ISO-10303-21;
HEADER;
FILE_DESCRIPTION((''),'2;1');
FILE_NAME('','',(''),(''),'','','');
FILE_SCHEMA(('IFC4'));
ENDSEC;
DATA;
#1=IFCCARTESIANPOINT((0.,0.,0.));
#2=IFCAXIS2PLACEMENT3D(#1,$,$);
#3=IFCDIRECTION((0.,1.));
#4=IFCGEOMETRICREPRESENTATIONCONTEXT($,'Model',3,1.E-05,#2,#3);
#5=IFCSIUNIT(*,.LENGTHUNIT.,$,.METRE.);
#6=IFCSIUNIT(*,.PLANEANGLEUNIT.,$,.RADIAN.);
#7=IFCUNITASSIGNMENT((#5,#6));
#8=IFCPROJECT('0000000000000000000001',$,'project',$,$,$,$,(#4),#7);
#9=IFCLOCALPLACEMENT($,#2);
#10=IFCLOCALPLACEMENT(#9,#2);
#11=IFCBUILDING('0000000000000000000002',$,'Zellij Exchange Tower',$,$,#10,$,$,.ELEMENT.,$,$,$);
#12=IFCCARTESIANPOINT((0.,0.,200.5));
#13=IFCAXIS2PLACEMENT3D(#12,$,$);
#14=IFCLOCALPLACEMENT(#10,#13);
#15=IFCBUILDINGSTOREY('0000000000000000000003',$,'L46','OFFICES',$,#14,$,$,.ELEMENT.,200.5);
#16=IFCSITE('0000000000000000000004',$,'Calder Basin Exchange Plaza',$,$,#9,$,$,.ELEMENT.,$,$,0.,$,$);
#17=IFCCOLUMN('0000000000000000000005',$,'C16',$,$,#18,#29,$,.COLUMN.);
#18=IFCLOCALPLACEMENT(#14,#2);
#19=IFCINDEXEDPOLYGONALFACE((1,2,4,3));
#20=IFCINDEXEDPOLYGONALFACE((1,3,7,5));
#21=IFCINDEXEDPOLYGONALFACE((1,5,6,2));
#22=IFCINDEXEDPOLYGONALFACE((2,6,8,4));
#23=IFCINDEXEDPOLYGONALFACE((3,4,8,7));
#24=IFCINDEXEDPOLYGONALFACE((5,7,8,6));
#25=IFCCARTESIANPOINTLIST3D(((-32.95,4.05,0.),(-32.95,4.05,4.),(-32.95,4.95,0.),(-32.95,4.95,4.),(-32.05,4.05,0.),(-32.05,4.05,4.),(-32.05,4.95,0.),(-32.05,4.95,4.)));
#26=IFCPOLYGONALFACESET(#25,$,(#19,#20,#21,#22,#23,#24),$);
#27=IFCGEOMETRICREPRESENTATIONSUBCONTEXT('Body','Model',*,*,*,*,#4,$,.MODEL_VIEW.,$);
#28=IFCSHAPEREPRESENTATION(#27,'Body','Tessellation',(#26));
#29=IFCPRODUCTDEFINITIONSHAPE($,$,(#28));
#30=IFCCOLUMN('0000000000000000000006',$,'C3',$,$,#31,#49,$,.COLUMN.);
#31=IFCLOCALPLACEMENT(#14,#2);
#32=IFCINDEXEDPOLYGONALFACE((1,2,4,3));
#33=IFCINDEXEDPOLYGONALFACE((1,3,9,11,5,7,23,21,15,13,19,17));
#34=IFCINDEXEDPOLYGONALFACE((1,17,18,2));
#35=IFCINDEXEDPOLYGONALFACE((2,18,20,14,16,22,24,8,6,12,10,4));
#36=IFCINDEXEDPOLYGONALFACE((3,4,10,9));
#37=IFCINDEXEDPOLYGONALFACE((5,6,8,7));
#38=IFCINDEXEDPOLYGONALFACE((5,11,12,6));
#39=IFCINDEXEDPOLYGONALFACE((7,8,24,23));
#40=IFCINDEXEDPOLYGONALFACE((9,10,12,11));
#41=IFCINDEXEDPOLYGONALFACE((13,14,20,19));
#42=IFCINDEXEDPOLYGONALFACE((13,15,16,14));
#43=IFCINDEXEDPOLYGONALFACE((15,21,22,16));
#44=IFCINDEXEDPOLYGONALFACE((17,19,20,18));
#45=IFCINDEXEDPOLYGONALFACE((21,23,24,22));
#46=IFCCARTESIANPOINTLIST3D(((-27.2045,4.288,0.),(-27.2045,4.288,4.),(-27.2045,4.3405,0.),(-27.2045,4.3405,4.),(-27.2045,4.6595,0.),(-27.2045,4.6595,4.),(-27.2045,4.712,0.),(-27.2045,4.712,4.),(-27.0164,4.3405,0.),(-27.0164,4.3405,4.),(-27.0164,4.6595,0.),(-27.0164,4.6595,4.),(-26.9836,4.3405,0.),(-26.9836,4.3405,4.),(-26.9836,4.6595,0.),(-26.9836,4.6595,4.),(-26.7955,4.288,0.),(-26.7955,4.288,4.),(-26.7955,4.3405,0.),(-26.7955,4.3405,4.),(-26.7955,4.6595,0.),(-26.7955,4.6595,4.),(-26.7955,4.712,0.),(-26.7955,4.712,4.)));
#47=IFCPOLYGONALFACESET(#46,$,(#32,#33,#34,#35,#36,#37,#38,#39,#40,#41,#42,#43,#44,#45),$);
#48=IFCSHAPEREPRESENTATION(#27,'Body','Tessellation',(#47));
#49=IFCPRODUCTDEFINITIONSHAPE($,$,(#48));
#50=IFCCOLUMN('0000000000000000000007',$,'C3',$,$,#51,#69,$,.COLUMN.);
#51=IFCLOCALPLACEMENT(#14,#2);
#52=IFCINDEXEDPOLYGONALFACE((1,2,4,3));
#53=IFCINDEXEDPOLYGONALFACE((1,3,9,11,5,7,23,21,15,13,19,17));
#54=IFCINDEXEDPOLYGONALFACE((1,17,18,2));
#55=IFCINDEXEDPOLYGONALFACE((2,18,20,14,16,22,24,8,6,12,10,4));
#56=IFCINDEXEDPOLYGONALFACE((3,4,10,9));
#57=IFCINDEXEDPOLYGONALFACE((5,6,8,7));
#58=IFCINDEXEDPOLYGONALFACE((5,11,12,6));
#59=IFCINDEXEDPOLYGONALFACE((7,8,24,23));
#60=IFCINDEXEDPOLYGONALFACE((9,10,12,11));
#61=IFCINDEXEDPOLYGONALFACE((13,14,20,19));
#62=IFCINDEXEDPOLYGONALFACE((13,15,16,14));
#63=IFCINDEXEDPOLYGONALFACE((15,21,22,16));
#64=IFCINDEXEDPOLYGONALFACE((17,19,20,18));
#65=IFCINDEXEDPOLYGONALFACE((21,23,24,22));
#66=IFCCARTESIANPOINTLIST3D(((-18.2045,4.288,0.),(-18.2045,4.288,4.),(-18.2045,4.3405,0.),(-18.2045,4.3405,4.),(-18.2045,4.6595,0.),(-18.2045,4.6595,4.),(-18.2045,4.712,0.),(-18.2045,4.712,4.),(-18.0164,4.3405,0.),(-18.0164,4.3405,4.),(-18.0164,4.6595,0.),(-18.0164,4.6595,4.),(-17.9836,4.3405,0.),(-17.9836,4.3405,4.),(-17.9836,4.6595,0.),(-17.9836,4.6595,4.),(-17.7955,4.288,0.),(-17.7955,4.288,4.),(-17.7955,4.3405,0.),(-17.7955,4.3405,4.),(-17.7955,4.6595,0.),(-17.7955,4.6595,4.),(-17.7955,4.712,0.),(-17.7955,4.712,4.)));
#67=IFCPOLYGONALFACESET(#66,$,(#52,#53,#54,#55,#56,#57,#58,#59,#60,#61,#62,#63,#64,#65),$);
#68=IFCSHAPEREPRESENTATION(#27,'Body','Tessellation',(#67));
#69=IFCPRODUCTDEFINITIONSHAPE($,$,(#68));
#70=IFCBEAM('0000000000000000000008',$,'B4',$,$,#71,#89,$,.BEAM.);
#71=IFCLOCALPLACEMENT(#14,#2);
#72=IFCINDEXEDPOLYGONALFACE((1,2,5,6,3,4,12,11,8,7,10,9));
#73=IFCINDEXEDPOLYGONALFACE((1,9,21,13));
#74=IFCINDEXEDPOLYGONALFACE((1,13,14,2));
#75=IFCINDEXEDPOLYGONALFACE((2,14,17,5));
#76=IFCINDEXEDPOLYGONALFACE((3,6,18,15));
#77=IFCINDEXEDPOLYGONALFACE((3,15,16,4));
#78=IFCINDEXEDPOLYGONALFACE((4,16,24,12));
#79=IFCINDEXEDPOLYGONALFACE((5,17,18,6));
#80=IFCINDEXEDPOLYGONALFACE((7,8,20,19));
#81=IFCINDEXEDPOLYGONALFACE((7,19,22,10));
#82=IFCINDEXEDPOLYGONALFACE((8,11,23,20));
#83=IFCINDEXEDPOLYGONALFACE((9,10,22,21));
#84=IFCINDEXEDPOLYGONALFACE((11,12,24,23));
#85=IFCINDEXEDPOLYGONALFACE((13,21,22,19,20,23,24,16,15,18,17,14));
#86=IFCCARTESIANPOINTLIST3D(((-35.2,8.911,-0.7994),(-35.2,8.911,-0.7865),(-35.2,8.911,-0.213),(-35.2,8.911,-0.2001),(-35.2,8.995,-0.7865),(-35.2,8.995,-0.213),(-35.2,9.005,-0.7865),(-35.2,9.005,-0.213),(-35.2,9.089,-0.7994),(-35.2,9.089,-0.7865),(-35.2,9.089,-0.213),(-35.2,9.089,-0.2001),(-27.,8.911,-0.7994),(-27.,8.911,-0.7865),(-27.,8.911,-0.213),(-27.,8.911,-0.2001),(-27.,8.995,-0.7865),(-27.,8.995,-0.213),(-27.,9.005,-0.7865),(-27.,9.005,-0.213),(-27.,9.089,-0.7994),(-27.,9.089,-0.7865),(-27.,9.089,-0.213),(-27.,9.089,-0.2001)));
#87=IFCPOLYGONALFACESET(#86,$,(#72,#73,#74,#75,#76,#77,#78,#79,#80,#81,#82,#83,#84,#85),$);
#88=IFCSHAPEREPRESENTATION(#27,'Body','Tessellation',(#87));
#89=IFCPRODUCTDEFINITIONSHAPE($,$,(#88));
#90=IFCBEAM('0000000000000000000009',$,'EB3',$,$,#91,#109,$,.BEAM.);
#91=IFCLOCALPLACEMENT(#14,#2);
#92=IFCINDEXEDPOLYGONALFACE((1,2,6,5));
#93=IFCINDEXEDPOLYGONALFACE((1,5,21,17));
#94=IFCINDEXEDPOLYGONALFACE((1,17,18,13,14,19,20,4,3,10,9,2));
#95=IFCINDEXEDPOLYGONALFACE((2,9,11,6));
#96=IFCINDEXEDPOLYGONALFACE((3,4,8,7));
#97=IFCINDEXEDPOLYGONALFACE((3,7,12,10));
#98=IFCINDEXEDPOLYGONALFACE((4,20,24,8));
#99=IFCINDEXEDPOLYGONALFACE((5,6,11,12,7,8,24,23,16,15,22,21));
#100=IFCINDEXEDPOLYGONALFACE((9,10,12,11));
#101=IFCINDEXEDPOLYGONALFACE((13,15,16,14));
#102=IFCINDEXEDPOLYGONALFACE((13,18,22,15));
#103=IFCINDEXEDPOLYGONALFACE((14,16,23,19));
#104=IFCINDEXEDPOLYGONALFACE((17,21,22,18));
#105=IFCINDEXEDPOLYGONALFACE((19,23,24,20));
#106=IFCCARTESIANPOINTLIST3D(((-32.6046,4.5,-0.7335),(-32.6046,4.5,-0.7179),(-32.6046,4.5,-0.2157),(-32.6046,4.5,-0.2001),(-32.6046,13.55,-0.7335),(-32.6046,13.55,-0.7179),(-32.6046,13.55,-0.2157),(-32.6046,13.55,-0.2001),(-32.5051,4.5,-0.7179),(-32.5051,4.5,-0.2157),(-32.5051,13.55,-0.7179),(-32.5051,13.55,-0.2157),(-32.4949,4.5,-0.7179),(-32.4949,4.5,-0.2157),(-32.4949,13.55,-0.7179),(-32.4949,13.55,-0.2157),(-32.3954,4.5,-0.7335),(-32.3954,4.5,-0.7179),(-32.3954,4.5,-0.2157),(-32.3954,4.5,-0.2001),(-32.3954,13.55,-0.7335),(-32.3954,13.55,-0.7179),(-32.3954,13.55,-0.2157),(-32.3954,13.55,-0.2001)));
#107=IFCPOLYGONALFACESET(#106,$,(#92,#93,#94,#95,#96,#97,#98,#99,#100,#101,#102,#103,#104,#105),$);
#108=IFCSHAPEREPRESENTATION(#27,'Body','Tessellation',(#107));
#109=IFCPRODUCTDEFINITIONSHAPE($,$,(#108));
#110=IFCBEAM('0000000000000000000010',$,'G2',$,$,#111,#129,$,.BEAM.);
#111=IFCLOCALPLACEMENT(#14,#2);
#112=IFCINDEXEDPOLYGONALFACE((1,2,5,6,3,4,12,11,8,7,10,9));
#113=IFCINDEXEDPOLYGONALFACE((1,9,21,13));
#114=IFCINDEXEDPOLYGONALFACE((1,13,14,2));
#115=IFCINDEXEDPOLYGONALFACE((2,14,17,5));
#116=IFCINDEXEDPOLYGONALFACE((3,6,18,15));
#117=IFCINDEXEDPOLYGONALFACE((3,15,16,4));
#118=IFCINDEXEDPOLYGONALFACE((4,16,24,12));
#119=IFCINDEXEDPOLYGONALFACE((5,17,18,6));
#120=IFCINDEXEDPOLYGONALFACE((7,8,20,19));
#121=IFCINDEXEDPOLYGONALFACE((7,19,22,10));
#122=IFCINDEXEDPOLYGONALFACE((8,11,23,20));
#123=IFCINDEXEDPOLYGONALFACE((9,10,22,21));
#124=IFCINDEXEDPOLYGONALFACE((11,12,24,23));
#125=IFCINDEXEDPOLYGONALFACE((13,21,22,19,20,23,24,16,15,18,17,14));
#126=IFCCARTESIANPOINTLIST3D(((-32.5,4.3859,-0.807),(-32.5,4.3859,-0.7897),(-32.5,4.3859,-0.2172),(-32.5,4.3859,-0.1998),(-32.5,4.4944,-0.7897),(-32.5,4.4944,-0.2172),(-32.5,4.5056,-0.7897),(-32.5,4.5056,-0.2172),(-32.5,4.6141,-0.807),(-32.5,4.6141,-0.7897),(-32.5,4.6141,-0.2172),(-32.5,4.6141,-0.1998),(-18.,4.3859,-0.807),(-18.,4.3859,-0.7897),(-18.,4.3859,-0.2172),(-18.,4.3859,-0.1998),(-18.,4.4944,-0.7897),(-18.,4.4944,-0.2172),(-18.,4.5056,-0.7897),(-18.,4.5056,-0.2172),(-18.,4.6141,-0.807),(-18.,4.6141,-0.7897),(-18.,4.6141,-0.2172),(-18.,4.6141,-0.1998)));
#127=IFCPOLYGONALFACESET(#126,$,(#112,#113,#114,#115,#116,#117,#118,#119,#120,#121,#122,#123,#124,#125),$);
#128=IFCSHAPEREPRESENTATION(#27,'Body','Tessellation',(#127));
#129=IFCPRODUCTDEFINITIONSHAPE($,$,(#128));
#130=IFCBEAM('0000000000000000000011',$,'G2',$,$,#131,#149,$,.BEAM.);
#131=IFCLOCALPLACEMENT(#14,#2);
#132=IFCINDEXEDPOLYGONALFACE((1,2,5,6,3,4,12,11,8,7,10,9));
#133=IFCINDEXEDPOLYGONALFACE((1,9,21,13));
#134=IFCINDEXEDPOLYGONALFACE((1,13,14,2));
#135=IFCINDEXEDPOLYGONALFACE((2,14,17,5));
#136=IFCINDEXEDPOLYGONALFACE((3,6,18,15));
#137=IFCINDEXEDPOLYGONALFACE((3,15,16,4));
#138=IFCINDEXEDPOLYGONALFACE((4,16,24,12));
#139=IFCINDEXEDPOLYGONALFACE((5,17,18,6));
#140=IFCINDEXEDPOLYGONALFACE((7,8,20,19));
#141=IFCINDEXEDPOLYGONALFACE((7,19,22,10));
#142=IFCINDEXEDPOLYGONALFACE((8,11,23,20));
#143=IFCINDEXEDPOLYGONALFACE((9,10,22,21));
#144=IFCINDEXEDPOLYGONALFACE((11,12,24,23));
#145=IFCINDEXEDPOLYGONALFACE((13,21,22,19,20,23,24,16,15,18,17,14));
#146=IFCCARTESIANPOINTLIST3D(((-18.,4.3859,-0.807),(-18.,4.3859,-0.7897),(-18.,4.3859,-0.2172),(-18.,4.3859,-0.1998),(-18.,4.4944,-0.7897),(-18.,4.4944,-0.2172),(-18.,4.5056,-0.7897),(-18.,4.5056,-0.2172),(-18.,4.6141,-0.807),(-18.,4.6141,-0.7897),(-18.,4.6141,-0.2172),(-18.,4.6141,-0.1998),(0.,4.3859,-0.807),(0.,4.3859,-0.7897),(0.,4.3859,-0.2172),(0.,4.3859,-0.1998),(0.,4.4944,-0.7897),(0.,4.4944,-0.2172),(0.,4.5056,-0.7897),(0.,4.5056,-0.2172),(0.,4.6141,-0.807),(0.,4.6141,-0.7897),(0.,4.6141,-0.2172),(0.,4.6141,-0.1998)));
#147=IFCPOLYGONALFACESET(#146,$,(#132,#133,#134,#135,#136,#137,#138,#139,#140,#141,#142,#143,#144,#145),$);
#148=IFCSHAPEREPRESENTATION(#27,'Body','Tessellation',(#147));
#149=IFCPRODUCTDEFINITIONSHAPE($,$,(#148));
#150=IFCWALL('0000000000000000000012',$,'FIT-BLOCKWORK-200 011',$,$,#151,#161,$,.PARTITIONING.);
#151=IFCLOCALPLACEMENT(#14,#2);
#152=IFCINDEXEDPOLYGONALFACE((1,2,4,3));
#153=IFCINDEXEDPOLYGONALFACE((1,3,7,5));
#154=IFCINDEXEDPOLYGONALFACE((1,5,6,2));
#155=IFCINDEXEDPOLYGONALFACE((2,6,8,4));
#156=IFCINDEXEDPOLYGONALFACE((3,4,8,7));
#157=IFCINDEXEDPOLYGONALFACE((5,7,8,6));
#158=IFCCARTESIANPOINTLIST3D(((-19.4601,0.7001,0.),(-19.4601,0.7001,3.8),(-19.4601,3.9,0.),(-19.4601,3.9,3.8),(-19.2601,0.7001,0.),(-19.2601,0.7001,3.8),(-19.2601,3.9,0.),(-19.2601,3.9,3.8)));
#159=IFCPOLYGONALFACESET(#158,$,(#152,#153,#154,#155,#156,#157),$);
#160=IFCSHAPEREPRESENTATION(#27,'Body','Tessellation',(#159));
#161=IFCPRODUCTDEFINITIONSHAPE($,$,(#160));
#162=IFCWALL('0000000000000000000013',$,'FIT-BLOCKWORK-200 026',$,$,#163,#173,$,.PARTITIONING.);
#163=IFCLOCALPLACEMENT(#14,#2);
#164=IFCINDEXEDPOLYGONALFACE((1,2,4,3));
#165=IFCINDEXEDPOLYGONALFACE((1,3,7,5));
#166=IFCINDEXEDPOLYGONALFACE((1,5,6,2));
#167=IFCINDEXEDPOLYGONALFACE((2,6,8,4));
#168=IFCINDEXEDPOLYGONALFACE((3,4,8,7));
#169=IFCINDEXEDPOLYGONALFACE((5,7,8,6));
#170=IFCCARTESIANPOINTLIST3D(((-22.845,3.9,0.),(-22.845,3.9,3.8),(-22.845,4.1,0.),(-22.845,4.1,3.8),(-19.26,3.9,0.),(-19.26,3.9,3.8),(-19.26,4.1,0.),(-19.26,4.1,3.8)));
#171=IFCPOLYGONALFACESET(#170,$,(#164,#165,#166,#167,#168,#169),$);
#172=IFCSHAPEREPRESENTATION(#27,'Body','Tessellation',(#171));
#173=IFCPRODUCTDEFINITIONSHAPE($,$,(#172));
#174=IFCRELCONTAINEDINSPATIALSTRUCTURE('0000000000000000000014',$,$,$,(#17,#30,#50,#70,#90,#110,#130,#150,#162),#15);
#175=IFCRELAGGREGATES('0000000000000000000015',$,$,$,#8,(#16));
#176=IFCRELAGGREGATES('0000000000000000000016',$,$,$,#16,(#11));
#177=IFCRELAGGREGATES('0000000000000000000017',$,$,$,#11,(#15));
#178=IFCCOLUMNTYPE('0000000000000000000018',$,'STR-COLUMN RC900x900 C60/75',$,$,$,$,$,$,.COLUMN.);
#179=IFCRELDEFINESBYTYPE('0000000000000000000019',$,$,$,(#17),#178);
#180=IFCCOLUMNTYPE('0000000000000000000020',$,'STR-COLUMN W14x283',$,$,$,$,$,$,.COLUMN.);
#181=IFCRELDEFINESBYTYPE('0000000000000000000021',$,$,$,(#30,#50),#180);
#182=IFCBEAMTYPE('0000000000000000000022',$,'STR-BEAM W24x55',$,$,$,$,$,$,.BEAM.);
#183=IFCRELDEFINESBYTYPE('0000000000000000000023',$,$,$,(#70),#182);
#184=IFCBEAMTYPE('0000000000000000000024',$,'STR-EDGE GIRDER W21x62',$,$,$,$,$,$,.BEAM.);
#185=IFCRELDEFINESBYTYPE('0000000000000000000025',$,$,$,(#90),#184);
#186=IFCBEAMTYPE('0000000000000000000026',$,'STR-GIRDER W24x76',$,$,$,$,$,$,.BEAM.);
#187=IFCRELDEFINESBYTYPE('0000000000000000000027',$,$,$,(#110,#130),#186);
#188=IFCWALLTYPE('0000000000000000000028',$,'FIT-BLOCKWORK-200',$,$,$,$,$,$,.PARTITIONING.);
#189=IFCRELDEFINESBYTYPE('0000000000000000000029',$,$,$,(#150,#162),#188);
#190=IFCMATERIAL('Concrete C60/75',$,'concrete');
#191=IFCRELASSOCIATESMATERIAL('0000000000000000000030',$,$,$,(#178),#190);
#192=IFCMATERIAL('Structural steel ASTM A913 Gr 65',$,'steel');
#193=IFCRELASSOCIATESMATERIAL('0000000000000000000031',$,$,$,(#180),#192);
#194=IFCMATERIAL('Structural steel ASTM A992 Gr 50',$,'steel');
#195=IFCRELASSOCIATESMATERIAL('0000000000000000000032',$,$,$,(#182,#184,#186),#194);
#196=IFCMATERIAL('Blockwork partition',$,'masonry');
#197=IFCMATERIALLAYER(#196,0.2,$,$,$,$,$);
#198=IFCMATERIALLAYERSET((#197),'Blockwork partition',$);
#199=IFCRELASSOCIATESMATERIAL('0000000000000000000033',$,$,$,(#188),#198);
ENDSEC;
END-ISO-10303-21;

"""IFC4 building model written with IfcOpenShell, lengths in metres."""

from ifc_helpers import new_model, si_unit, direction, frame, frame_2d, origin, origin_2d, place, context, subcontext, project, spatial, rectangle, i_section, extrude, material, layer, layer_set, material_profile, profile_set, type_object, element, save


model = new_model("IFC4")

# Units and contexts
model_context = context("Model", 3, precision=1e-05, world=origin(), true_north=direction((0.0, 1.0)))
body_context = subcontext(model_context, "Body", "Model", "MODEL_VIEW")
ifc_project = project(units=[si_unit("LENGTHUNIT", "METRE"), si_unit("PLANEANGLEUNIT", "RADIAN")], contexts=[model_context])

# Site, building, storey
site_placement = place(None, origin())
site = spatial("IfcSite", under=ifc_project, at=site_placement, Name="Calder Basin Exchange Plaza", CompositionType="ELEMENT", RefElevation=0.0)
building_placement = place(site_placement, origin())
building = spatial("IfcBuilding", under=site, at=building_placement, Name="Zellij Exchange Tower", CompositionType="ELEMENT")
storey_placement = place(building_placement, frame((0.0, 0.0, 200.5)))
storey = spatial("IfcBuildingStorey", under=building, at=storey_placement, Name="L46", Description="OFFICES", CompositionType="ELEMENT", Elevation=200.5)

# Columns
ifc_material_1 = material(Name="Concrete C60/75", Category="concrete")
ifc_material_profile_1 = material_profile(ifc_material_1, rectangle(XDim=0.8999, YDim=0.8999, at=origin_2d()), Name="STR-COLUMN RC900x900 C60/75")
ifc_profile_set_1 = profile_set([ifc_material_profile_1], Name="Concrete C60/75")
column_type_1 = type_object("IfcColumnType", Name="STR-COLUMN RC900x900 C60/75", PredefinedType="COLUMN", material=ifc_profile_set_1)
column_placement = place(storey_placement, frame((-32.5, 4.5, 0.0), z_axis=(0.0, 0.0, 1.0), x_axis=(1.0, 0.0, 0.0)))
element("IfcColumn", 1, at=column_placement, inside=storey, type_object=column_type_1, Name="C16", PredefinedType="COLUMN", context=body_context, shape_type="SweptSolid", body=[
    extrude(rectangle(XDim=0.8999, YDim=0.8999, at=origin_2d()), origin(), (0.0, 0.0, 1.0), 4.0),
])
ifc_material_2 = material(Name="Structural steel ASTM A913 Gr 65", Category="steel")
ifc_material_profile_2 = material_profile(ifc_material_2, i_section(OverallWidth=0.4089, OverallDepth=0.4241, WebThickness=0.0327, FlangeThickness=0.0525, at=origin_2d()), Name="W14x283")
ifc_profile_set_2 = profile_set([ifc_material_profile_2], Name="Structural steel ASTM A913 Gr 65")
column_type_2 = type_object("IfcColumnType", Name="STR-COLUMN W14x283", PredefinedType="COLUMN", material=ifc_profile_set_2)
for number, where, z_axis, x_axis, name in (
    (2, (-27.0, 4.5, 0.0), (0.0, 0.0, 1.0), (1.0, 0.0, 0.0), "C3"),
    (3, (-18.0, 4.5, 0.0), (0.0, 0.0, 1.0), (1.0, 0.0, 0.0), "C3"),
):
    element("IfcColumn", number, at=place(storey_placement, frame(where, z_axis=z_axis, x_axis=x_axis)), inside=storey, type_object=column_type_2, Name=name, PredefinedType="COLUMN", context=body_context, shape_type="SweptSolid", body=[
        extrude(i_section(OverallWidth=0.4089, OverallDepth=0.4241, WebThickness=0.0327, FlangeThickness=0.0525, at=origin_2d()), origin(), (0.0, 0.0, 1.0), 4.0),
    ])

# Beams
ifc_material_3 = material(Name="Structural steel ASTM A992 Gr 50", Category="steel")
ifc_material_profile_3 = material_profile(ifc_material_3, i_section(OverallWidth=0.178, OverallDepth=0.5994, WebThickness=0.01, FlangeThickness=0.0129, at=origin_2d()), Name="W24x55")
ifc_profile_set_3 = profile_set([ifc_material_profile_3], Name="Structural steel ASTM A992 Gr 50")
beam_type_1 = type_object("IfcBeamType", Name="STR-BEAM W24x55", PredefinedType="BEAM", material=ifc_profile_set_3)
beam_1_placement = place(storey_placement, frame((-35.2, 9.0, -0.4998), z_axis=(1.0, 0.0, 0.0), x_axis=(0.0, 1.0, 0.0)))
element("IfcBeam", 4, at=beam_1_placement, inside=storey, type_object=beam_type_1, Name="B4", PredefinedType="BEAM", context=body_context, shape_type="SweptSolid", body=[
    extrude(i_section(OverallWidth=0.178, OverallDepth=0.5994, WebThickness=0.01, FlangeThickness=0.0129, at=origin_2d()), origin(), (0.0, 0.0, 1.0), 8.2),
])
ifc_material_profile_4 = material_profile(ifc_material_3, i_section(OverallWidth=0.2092, OverallDepth=0.5334, WebThickness=0.0103, FlangeThickness=0.0156, at=origin_2d()), Name="W21x62")
ifc_profile_set_4 = profile_set([ifc_material_profile_4], Name="Structural steel ASTM A992 Gr 50")
beam_type_2 = type_object("IfcBeamType", Name="STR-EDGE GIRDER W21x62", PredefinedType="BEAM", material=ifc_profile_set_4)
beam_2_placement = place(storey_placement, frame((-32.5, 4.5, -0.4668), z_axis=(0.0, 1.0, 0.0), x_axis=(-1.0, 0.0, 0.0)))
element("IfcBeam", 5, at=beam_2_placement, inside=storey, type_object=beam_type_2, Name="EB3", PredefinedType="BEAM", context=body_context, shape_type="SweptSolid", body=[
    extrude(i_section(OverallWidth=0.2092, OverallDepth=0.5334, WebThickness=0.0103, FlangeThickness=0.0156, at=origin_2d()), origin(), (0.0, 0.0, 1.0), 9.05),
])
ifc_material_profile_5 = material_profile(ifc_material_3, i_section(OverallWidth=0.2283, OverallDepth=0.6072, WebThickness=0.0112, FlangeThickness=0.0173, at=origin_2d()), Name="W24x76")
ifc_profile_set_5 = profile_set([ifc_material_profile_5], Name="Structural steel ASTM A992 Gr 50")
beam_type_3 = type_object("IfcBeamType", Name="STR-GIRDER W24x76", PredefinedType="BEAM", material=ifc_profile_set_5)
beam_3_placement = place(storey_placement, frame((-32.5, 4.5, -0.5034), z_axis=(1.0, 0.0, 0.0), x_axis=(0.0, 1.0, 0.0)))
element("IfcBeam", 6, at=beam_3_placement, inside=storey, type_object=beam_type_3, Name="G2", PredefinedType="BEAM", context=body_context, shape_type="SweptSolid", body=[
    extrude(i_section(OverallWidth=0.2283, OverallDepth=0.6072, WebThickness=0.0112, FlangeThickness=0.0173, at=origin_2d()), origin(), (0.0, 0.0, 1.0), 14.5),
])
beam_4_placement = place(storey_placement, frame((-18.0, 4.5, -0.5034), z_axis=(1.0, 0.0, 0.0), x_axis=(0.0, 1.0, 0.0)))
element("IfcBeam", 7, at=beam_4_placement, inside=storey, type_object=beam_type_3, Name="G2", PredefinedType="BEAM", context=body_context, shape_type="SweptSolid", body=[
    extrude(i_section(OverallWidth=0.2283, OverallDepth=0.6072, WebThickness=0.0112, FlangeThickness=0.0173, at=origin_2d()), origin(), (0.0, 0.0, 1.0), 18.0),
])

# Walls
ifc_material_4 = material(Name="Blockwork partition", Category="masonry")
ifc_layer_1 = layer(ifc_material_4, 0.2)
ifc_layer_set_1 = layer_set([ifc_layer_1], Name="Blockwork partition")
wall_type_1 = type_object("IfcWallType", Name="FIT-BLOCKWORK-200", PredefinedType="PARTITIONING", material=ifc_layer_set_1)
wall_1_placement = place(storey_placement, frame((-19.3601, 0.7, 0.0), z_axis=(0.0, 0.0, 1.0), x_axis=(0.0, 1.0, 0.0)))
element("IfcWall", 8, at=wall_1_placement, inside=storey, type_object=wall_type_1, Name="FIT-BLOCKWORK-200 011", PredefinedType="PARTITIONING", context=body_context, shape_type="SweptSolid", body=[
    extrude(rectangle(XDim=3.2, YDim=0.2, at=frame_2d((1.6001, 0.0))), origin(), (0.0, 0.0, 1.0), 3.8),
])
wall_2_placement = place(storey_placement, frame((-22.845, 4.0, 0.0), z_axis=(0.0, 0.0, 1.0), x_axis=(1.0, 0.0, 0.0)))
element("IfcWall", 9, at=wall_2_placement, inside=storey, type_object=wall_type_1, Name="FIT-BLOCKWORK-200 026", PredefinedType="PARTITIONING", context=body_context, shape_type="SweptSolid", body=[
    extrude(rectangle(XDim=3.585, YDim=0.2, at=frame_2d((1.7925, 0.0))), origin(), (0.0, 0.0, 1.0), 3.8),
])

save(model, "model.ifc")
